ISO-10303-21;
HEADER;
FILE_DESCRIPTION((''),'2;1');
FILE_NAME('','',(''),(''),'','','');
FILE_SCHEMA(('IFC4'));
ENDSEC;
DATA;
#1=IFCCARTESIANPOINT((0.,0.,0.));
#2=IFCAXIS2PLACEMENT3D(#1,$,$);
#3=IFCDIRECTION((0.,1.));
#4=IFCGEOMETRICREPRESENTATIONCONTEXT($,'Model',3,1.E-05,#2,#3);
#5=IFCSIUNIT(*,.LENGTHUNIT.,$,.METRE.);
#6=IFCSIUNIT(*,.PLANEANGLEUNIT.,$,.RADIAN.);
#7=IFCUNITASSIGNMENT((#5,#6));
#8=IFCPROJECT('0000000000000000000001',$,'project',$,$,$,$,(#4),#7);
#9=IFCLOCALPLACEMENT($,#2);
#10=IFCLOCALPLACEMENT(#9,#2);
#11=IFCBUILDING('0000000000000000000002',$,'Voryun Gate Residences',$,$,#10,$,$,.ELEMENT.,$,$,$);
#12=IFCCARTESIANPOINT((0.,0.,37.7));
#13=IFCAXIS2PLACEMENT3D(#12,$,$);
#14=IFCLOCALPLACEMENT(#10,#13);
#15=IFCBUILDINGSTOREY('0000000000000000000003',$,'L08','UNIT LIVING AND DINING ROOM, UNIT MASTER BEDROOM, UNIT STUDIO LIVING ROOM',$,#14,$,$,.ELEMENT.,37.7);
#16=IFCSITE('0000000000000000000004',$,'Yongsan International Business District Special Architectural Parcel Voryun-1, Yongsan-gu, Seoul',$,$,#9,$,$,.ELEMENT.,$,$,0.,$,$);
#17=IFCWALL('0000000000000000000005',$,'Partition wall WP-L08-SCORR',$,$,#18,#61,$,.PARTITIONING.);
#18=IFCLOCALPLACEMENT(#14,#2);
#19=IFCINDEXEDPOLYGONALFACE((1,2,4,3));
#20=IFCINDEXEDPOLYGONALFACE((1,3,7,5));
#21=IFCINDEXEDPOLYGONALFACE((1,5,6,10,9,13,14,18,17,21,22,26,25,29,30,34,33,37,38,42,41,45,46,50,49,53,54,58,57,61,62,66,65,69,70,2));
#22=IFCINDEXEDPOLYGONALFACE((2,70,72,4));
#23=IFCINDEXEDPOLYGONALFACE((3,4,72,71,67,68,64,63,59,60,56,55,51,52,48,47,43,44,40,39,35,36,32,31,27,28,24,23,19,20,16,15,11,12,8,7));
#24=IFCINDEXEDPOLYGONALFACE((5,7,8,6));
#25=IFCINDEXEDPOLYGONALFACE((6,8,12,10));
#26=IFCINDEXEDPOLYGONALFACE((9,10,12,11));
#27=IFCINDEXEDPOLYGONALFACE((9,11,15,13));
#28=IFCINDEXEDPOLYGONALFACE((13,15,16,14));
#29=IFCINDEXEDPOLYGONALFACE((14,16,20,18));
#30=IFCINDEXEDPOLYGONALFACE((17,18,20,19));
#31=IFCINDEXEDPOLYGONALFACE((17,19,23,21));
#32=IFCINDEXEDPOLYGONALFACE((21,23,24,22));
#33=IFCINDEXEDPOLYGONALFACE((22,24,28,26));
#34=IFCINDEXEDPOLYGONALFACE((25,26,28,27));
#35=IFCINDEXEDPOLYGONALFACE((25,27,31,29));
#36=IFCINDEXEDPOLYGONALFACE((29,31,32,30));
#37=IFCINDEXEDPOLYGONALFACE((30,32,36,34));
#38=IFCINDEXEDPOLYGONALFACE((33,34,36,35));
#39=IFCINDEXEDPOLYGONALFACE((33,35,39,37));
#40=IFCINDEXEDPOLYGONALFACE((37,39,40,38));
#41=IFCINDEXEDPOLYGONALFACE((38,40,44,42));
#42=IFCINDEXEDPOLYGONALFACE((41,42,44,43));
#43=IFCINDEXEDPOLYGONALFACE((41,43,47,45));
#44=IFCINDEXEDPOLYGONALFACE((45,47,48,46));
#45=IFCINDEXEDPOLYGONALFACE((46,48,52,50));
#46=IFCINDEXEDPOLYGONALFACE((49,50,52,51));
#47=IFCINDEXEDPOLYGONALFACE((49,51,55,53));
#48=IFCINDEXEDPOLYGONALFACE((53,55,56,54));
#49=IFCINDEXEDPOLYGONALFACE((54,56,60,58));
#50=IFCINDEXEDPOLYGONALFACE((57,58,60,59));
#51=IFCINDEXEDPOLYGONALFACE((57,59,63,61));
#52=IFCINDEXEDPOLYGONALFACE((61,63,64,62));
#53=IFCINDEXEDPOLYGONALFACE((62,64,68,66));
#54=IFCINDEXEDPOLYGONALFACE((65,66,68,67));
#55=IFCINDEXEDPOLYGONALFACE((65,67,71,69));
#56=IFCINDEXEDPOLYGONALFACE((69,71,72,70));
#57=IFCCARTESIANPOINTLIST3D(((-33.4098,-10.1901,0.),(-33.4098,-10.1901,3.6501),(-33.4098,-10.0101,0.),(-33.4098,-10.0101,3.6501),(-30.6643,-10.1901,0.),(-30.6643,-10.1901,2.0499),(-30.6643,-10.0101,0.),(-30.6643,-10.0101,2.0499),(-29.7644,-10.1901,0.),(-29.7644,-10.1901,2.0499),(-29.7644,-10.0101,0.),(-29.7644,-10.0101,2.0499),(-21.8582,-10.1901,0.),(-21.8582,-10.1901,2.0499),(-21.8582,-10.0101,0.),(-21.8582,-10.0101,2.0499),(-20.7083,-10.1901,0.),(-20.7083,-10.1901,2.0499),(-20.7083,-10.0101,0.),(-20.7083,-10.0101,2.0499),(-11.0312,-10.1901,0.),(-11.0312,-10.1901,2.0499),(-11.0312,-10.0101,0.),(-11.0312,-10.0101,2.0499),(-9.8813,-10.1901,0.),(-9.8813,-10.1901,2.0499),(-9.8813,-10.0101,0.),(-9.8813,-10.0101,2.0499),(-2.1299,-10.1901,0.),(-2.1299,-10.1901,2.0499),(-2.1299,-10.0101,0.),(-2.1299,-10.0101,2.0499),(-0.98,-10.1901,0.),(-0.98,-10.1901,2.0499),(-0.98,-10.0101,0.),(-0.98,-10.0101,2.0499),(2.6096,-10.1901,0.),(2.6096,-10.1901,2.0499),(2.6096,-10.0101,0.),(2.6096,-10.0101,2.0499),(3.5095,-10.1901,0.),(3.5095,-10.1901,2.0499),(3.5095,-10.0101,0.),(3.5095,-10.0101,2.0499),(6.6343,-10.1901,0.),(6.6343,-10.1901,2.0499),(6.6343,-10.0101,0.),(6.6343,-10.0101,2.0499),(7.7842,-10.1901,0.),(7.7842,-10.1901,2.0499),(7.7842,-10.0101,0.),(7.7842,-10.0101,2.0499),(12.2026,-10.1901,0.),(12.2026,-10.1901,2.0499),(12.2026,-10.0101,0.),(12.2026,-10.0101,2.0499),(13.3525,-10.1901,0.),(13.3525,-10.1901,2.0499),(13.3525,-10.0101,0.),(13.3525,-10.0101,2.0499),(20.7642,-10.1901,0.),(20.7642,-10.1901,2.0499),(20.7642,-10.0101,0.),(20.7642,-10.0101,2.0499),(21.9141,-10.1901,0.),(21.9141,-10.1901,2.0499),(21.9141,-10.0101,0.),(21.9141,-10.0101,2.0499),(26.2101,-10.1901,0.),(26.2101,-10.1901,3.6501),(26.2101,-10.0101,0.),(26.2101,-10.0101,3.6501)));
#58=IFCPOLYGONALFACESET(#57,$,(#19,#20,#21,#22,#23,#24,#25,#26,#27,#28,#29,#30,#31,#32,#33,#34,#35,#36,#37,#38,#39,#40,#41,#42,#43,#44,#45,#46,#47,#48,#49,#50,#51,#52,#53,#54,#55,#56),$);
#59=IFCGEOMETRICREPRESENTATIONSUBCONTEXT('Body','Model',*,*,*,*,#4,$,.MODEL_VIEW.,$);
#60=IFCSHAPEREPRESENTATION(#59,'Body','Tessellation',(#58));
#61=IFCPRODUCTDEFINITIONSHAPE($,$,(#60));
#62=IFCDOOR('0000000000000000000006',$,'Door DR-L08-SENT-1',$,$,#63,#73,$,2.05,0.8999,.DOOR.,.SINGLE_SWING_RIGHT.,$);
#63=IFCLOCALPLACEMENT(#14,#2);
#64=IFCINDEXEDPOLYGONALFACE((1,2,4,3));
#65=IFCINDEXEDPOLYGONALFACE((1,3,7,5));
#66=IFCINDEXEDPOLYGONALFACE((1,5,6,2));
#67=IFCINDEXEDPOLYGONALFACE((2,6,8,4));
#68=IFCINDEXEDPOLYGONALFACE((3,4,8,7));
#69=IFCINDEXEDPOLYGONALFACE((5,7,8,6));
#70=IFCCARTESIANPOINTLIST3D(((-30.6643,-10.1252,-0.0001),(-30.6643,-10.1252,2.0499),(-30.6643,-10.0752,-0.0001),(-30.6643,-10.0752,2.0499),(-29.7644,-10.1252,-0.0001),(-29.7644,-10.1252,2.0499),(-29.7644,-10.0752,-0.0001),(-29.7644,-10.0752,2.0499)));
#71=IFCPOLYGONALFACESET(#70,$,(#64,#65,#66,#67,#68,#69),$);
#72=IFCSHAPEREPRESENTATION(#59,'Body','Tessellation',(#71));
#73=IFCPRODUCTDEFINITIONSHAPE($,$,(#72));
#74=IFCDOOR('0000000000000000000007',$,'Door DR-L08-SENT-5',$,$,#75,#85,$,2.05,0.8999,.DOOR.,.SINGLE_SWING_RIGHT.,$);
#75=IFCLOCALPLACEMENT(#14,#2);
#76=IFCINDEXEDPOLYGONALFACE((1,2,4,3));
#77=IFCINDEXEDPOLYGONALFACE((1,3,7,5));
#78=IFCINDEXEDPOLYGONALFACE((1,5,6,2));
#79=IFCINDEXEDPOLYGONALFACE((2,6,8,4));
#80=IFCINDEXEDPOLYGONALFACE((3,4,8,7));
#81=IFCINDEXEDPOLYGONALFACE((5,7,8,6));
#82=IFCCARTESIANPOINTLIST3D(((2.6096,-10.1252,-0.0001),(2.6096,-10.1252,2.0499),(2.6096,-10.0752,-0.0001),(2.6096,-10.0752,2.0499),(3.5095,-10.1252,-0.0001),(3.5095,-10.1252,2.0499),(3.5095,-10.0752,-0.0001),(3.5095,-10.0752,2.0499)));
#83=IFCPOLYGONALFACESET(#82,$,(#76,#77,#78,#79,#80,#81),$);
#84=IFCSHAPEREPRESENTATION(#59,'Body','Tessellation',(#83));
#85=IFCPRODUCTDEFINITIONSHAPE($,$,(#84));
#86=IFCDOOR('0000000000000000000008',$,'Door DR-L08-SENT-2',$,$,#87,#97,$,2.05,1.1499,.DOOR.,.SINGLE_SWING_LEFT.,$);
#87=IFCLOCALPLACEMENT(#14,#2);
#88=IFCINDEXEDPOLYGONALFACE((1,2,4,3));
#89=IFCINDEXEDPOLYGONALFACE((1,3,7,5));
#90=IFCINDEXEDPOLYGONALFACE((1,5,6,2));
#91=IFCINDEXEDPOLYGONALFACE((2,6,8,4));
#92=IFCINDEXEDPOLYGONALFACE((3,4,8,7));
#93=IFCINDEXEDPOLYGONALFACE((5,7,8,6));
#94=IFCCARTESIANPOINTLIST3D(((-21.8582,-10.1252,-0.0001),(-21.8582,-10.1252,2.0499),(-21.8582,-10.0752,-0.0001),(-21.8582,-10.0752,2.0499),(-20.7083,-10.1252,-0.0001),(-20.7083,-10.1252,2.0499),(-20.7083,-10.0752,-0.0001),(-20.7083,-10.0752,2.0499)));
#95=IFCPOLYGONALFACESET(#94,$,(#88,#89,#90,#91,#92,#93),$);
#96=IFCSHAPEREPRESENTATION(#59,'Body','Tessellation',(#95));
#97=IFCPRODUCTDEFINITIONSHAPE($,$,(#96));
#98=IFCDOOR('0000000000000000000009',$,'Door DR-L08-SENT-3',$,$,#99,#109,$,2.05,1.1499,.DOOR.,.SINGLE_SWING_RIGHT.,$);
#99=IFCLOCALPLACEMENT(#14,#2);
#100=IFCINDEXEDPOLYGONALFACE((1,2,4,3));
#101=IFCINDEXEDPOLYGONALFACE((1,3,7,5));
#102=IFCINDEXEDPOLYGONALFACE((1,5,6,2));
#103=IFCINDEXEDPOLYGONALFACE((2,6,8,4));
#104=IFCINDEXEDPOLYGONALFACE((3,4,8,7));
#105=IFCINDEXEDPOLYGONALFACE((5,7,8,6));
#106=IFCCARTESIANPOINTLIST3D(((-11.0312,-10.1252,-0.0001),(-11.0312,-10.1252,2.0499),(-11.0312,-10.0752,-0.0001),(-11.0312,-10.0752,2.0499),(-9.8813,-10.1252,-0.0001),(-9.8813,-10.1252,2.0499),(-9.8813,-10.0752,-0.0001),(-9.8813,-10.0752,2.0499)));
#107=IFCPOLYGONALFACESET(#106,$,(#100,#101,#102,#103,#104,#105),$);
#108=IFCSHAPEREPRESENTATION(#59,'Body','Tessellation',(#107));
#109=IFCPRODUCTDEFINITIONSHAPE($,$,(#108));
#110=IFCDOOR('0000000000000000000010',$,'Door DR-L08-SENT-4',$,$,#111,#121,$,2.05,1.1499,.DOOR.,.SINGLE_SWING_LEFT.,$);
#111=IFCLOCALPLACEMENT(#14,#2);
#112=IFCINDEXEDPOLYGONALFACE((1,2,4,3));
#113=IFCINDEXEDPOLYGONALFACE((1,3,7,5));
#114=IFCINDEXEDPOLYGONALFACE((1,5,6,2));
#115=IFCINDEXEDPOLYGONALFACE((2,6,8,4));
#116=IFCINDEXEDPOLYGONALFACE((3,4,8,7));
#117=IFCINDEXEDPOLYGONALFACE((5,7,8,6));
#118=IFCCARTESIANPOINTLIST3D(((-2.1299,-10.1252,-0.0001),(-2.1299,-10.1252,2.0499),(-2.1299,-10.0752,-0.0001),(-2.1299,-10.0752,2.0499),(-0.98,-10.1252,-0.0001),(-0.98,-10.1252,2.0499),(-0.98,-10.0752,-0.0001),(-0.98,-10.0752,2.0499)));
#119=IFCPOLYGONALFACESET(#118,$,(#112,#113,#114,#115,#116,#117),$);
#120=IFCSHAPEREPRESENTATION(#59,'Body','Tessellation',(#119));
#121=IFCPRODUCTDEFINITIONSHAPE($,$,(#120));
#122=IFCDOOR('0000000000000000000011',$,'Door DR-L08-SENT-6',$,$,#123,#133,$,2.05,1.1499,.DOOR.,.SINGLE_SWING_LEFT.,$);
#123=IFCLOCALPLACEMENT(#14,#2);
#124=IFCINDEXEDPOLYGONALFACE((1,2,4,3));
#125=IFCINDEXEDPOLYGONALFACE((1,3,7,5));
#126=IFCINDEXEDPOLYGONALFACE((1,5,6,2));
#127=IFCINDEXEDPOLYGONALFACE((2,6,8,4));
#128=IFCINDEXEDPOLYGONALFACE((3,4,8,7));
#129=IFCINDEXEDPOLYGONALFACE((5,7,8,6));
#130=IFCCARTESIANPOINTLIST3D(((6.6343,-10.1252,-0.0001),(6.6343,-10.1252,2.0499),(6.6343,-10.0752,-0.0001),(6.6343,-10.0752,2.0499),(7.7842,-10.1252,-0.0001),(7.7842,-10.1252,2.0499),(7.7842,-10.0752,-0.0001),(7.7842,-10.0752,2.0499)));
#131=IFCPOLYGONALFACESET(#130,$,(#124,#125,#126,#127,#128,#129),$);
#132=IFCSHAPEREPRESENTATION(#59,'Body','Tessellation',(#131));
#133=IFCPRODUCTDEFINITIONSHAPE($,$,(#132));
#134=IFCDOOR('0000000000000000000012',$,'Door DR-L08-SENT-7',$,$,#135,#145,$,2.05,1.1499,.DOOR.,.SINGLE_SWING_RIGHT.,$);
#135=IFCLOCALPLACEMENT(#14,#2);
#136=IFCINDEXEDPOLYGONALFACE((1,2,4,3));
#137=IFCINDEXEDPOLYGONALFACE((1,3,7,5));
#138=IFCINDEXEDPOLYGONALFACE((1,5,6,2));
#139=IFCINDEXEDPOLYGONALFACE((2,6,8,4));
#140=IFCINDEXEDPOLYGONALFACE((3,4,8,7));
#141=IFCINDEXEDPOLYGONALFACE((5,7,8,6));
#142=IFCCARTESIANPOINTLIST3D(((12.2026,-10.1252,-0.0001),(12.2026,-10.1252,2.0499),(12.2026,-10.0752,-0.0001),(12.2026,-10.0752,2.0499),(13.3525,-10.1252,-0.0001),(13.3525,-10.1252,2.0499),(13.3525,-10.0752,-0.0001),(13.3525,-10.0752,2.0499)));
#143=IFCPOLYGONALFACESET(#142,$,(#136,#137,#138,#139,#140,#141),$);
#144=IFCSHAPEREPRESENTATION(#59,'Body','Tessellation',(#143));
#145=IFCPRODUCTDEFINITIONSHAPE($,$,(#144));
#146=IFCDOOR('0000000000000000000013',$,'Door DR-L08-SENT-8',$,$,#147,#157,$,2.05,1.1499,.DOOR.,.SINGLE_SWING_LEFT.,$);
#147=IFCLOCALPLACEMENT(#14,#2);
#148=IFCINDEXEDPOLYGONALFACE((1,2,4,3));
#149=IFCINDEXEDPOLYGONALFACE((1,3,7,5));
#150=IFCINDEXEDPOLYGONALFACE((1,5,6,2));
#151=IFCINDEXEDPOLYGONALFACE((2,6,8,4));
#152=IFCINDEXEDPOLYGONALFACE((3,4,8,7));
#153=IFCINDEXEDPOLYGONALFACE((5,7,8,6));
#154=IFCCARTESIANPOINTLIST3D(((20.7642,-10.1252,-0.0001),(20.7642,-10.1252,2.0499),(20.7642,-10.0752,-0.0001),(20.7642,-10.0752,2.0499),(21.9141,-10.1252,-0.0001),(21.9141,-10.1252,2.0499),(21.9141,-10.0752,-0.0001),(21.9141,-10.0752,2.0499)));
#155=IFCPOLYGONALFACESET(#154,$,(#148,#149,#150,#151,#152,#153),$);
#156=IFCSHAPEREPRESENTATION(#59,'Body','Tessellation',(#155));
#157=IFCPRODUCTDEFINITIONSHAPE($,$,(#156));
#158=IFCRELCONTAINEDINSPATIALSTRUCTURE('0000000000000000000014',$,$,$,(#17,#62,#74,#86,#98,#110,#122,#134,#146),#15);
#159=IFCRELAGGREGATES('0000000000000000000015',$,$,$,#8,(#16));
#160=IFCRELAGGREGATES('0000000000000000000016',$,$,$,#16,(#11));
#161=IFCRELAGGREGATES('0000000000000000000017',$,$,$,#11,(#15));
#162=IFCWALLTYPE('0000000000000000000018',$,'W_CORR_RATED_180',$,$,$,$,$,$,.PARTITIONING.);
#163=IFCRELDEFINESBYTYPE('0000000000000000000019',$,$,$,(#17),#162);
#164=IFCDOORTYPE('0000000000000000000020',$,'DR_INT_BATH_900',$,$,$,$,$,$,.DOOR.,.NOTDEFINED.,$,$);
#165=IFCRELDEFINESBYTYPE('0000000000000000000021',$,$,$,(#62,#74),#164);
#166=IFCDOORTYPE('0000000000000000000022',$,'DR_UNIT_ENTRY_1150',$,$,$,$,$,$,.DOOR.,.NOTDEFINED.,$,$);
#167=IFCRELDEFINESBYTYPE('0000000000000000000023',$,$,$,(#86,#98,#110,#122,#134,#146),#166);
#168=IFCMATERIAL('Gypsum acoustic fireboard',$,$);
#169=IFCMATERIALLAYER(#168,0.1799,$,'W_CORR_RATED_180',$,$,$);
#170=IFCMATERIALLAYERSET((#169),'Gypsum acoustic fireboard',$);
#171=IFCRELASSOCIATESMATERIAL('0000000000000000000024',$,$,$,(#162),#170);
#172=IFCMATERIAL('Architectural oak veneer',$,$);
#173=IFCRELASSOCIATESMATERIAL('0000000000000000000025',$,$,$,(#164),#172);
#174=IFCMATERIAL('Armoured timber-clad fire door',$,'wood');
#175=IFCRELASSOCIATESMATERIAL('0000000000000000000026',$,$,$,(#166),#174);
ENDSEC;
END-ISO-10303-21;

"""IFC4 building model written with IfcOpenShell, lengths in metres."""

from ifc_helpers import new_model, si_unit, direction, frame, frame_2d, origin, place, context, subcontext, project, spatial, rectangle, extrude, material, layer, layer_set, type_object, element, fill, save


model = new_model("IFC4")

# Units and contexts
model_context = context("Model", 3, precision=1e-05, world=origin(), true_north=direction((0.0, 1.0)))
body_context = subcontext(model_context, "Body", "Model", "MODEL_VIEW")
ifc_project = project(units=[si_unit("LENGTHUNIT", "METRE"), si_unit("PLANEANGLEUNIT", "RADIAN")], contexts=[model_context])

# Site, building, storey
site_placement = place(None, origin())
site = spatial("IfcSite", under=ifc_project, at=site_placement, Name="Yongsan International Business District Special Architectural Parcel Voryun-1, Yongsan-gu, Seoul", CompositionType="ELEMENT", RefElevation=0.0)
building_placement = place(site_placement, origin())
building = spatial("IfcBuilding", under=site, at=building_placement, Name="Voryun Gate Residences", CompositionType="ELEMENT")
storey_placement = place(building_placement, frame((0.0, 0.0, 37.7)))
storey = spatial("IfcBuildingStorey", under=building, at=storey_placement, Name="L08", Description="UNIT LIVING AND DINING ROOM, UNIT MASTER BEDROOM, UNIT STUDIO LIVING ROOM", CompositionType="ELEMENT", Elevation=37.7)

# Shared definitions
ifc_material_1 = material(Name="Gypsum acoustic fireboard")
ifc_layer_1 = layer(ifc_material_1, 0.1799, Name="W_CORR_RATED_180")
ifc_layer_set_1 = layer_set([ifc_layer_1], Name="Gypsum acoustic fireboard")
wall_type_1 = type_object("IfcWallType", Name="W_CORR_RATED_180", PredefinedType="PARTITIONING", material=ifc_layer_set_1)

# Wall, openings, doors
wall_1_placement = place(storey_placement, frame((-33.4099, -10.1001, 0.0), z_axis=(0.0, 0.0, 1.0), x_axis=(1.0, 0.0, 0.0)))
wall_1 = element("IfcWall", 1, at=wall_1_placement, inside=storey, type_object=wall_type_1, Name="Partition wall WP-L08-SCORR", PredefinedType="PARTITIONING", context=body_context, shape_type="SweptSolid", body=[
    extrude(rectangle(XDim=59.6199, YDim=0.1799, at=frame_2d((29.8101, 0.0))), origin(), (0.0, 0.0, 1.0), 3.6501),
])
opening_1_placement = place(wall_1_placement, frame((2.7456, 0.0, 0.0)))
opening_1 = element("IfcOpeningElement", 2, at=opening_1_placement, cuts=wall_1, PredefinedType="OPENING", context=body_context, shape_type="SweptSolid", body=[
    extrude(rectangle(XDim=0.8999, YDim=2.05, at=frame_2d((0.45, 1.0249))), frame((0.0, 0.0999, 0.0), z_axis=(0.0, -1.0, 0.0), x_axis=(1.0, 0.0, 0.0)), (0.0, 0.0, 1.0), 0.2),
])
opening_2_placement = place(wall_1_placement, frame((11.5518, 0.0, 0.0)))
opening_2 = element("IfcOpeningElement", 3, at=opening_2_placement, cuts=wall_1, PredefinedType="OPENING", context=body_context, shape_type="SweptSolid", body=[
    extrude(rectangle(XDim=1.1499, YDim=2.05, at=frame_2d((0.575, 1.0249))), frame((0.0, 0.0999, 0.0), z_axis=(0.0, -1.0, 0.0), x_axis=(1.0, 0.0, 0.0)), (0.0, 0.0, 1.0), 0.2),
])
opening_3_placement = place(wall_1_placement, frame((22.3787, 0.0, 0.0)))
opening_3 = element("IfcOpeningElement", 4, at=opening_3_placement, cuts=wall_1, PredefinedType="OPENING", context=body_context, shape_type="SweptSolid", body=[
    extrude(rectangle(XDim=1.1499, YDim=2.05, at=frame_2d((0.575, 1.0249))), frame((0.0, 0.0999, 0.0), z_axis=(0.0, -1.0, 0.0), x_axis=(1.0, 0.0, 0.0)), (0.0, 0.0, 1.0), 0.2),
])
opening_4_placement = place(wall_1_placement, frame((31.28, 0.0, 0.0)))
opening_4 = element("IfcOpeningElement", 5, at=opening_4_placement, cuts=wall_1, PredefinedType="OPENING", context=body_context, shape_type="SweptSolid", body=[
    extrude(rectangle(XDim=1.1499, YDim=2.05, at=frame_2d((0.575, 1.0249))), frame((0.0, 0.0999, 0.0), z_axis=(0.0, -1.0, 0.0), x_axis=(1.0, 0.0, 0.0)), (0.0, 0.0, 1.0), 0.2),
])
opening_5_placement = place(wall_1_placement, frame((36.0195, 0.0, 0.0)))
opening_5 = element("IfcOpeningElement", 6, at=opening_5_placement, cuts=wall_1, PredefinedType="OPENING", context=body_context, shape_type="SweptSolid", body=[
    extrude(rectangle(XDim=0.8999, YDim=2.05, at=frame_2d((0.45, 1.0249))), frame((0.0, 0.0999, 0.0), z_axis=(0.0, -1.0, 0.0), x_axis=(1.0, 0.0, 0.0)), (0.0, 0.0, 1.0), 0.2),
])
opening_6_placement = place(wall_1_placement, frame((40.0442, 0.0, 0.0)))
opening_6 = element("IfcOpeningElement", 7, at=opening_6_placement, cuts=wall_1, PredefinedType="OPENING", context=body_context, shape_type="SweptSolid", body=[
    extrude(rectangle(XDim=1.1499, YDim=2.05, at=frame_2d((0.575, 1.0249))), frame((0.0, 0.0999, 0.0), z_axis=(0.0, -1.0, 0.0), x_axis=(1.0, 0.0, 0.0)), (0.0, 0.0, 1.0), 0.2),
])
opening_7_placement = place(wall_1_placement, frame((45.6125, 0.0, 0.0)))
opening_7 = element("IfcOpeningElement", 8, at=opening_7_placement, cuts=wall_1, PredefinedType="OPENING", context=body_context, shape_type="SweptSolid", body=[
    extrude(rectangle(XDim=1.1499, YDim=2.05, at=frame_2d((0.575, 1.0249))), frame((0.0, 0.0999, 0.0), z_axis=(0.0, -1.0, 0.0), x_axis=(1.0, 0.0, 0.0)), (0.0, 0.0, 1.0), 0.2),
])
opening_8_placement = place(wall_1_placement, frame((54.1741, 0.0, 0.0)))
opening_8 = element("IfcOpeningElement", 9, at=opening_8_placement, cuts=wall_1, PredefinedType="OPENING", context=body_context, shape_type="SweptSolid", body=[
    extrude(rectangle(XDim=1.1499, YDim=2.05, at=frame_2d((0.575, 1.0249))), frame((0.0, 0.0999, 0.0), z_axis=(0.0, -1.0, 0.0), x_axis=(1.0, 0.0, 0.0)), (0.0, 0.0, 1.0), 0.2),
])
ifc_material_2 = material(Name="Architectural oak veneer")
door_type_1 = type_object("IfcDoorType", Name="DR_INT_BATH_900", OperationType="NOTDEFINED", PredefinedType="DOOR", material=ifc_material_2)
door_1_placement = place(opening_1_placement, origin())
door_1 = element("IfcDoor", 10, at=door_1_placement, inside=storey, type_object=door_type_1, Name="Door DR-L08-SENT-1", OperationType="SINGLE_SWING_RIGHT", OverallHeight=2.05, OverallWidth=0.8999, PredefinedType="DOOR", context=body_context, shape_type="SweptSolid", body=[
    extrude(rectangle(XDim=0.8999, YDim=2.05, at=frame_2d((0.45, 1.0249))), frame((0.0, 0.0249, 0.0), z_axis=(0.0, -1.0, 0.0), x_axis=(1.0, 0.0, 0.0)), (0.0, 0.0, 1.0), 0.05),
])
fill(opening_1, door_1)
door_2_placement = place(opening_5_placement, origin())
door_2 = element("IfcDoor", 11, at=door_2_placement, inside=storey, type_object=door_type_1, Name="Door DR-L08-SENT-5", OperationType="SINGLE_SWING_RIGHT", OverallHeight=2.05, OverallWidth=0.8999, PredefinedType="DOOR", context=body_context, shape_type="SweptSolid", body=[
    extrude(rectangle(XDim=0.8999, YDim=2.05, at=frame_2d((0.45, 1.0249))), frame((0.0, 0.0249, 0.0), z_axis=(0.0, -1.0, 0.0), x_axis=(1.0, 0.0, 0.0)), (0.0, 0.0, 1.0), 0.05),
])
fill(opening_5, door_2)
ifc_material_3 = material(Name="Armoured timber-clad fire door", Category="wood")
door_type_2 = type_object("IfcDoorType", Name="DR_UNIT_ENTRY_1150", OperationType="NOTDEFINED", PredefinedType="DOOR", material=ifc_material_3)
door_3_placement = place(opening_2_placement, origin())
door_3 = element("IfcDoor", 12, at=door_3_placement, inside=storey, type_object=door_type_2, Name="Door DR-L08-SENT-2", OperationType="SINGLE_SWING_LEFT", OverallHeight=2.05, OverallWidth=1.1499, PredefinedType="DOOR", context=body_context, shape_type="SweptSolid", body=[
    extrude(rectangle(XDim=1.1499, YDim=2.05, at=frame_2d((0.575, 1.0249))), frame((0.0, 0.0249, 0.0), z_axis=(0.0, -1.0, 0.0), x_axis=(1.0, 0.0, 0.0)), (0.0, 0.0, 1.0), 0.05),
])
fill(opening_2, door_3)
door_4_placement = place(opening_3_placement, origin())
door_4 = element("IfcDoor", 13, at=door_4_placement, inside=storey, type_object=door_type_2, Name="Door DR-L08-SENT-3", OperationType="SINGLE_SWING_RIGHT", OverallHeight=2.05, OverallWidth=1.1499, PredefinedType="DOOR", context=body_context, shape_type="SweptSolid", body=[
    extrude(rectangle(XDim=1.1499, YDim=2.05, at=frame_2d((0.575, 1.0249))), frame((0.0, 0.0249, 0.0), z_axis=(0.0, -1.0, 0.0), x_axis=(1.0, 0.0, 0.0)), (0.0, 0.0, 1.0), 0.05),
])
fill(opening_3, door_4)
door_5_placement = place(opening_4_placement, origin())
door_5 = element("IfcDoor", 14, at=door_5_placement, inside=storey, type_object=door_type_2, Name="Door DR-L08-SENT-4", OperationType="SINGLE_SWING_LEFT", OverallHeight=2.05, OverallWidth=1.1499, PredefinedType="DOOR", context=body_context, shape_type="SweptSolid", body=[
    extrude(rectangle(XDim=1.1499, YDim=2.05, at=frame_2d((0.575, 1.0249))), frame((0.0, 0.0249, 0.0), z_axis=(0.0, -1.0, 0.0), x_axis=(1.0, 0.0, 0.0)), (0.0, 0.0, 1.0), 0.05),
])
fill(opening_4, door_5)
door_6_placement = place(opening_6_placement, origin())
door_6 = element("IfcDoor", 15, at=door_6_placement, inside=storey, type_object=door_type_2, Name="Door DR-L08-SENT-6", OperationType="SINGLE_SWING_LEFT", OverallHeight=2.05, OverallWidth=1.1499, PredefinedType="DOOR", context=body_context, shape_type="SweptSolid", body=[
    extrude(rectangle(XDim=1.1499, YDim=2.05, at=frame_2d((0.575, 1.0249))), frame((0.0, 0.0249, 0.0), z_axis=(0.0, -1.0, 0.0), x_axis=(1.0, 0.0, 0.0)), (0.0, 0.0, 1.0), 0.05),
])
fill(opening_6, door_6)
door_7_placement = place(opening_7_placement, origin())
door_7 = element("IfcDoor", 16, at=door_7_placement, inside=storey, type_object=door_type_2, Name="Door DR-L08-SENT-7", OperationType="SINGLE_SWING_RIGHT", OverallHeight=2.05, OverallWidth=1.1499, PredefinedType="DOOR", context=body_context, shape_type="SweptSolid", body=[
    extrude(rectangle(XDim=1.1499, YDim=2.05, at=frame_2d((0.575, 1.0249))), frame((0.0, 0.0249, 0.0), z_axis=(0.0, -1.0, 0.0), x_axis=(1.0, 0.0, 0.0)), (0.0, 0.0, 1.0), 0.05),
])
fill(opening_7, door_7)
door_8_placement = place(opening_8_placement, origin())
door_8 = element("IfcDoor", 17, at=door_8_placement, inside=storey, type_object=door_type_2, Name="Door DR-L08-SENT-8", OperationType="SINGLE_SWING_LEFT", OverallHeight=2.05, OverallWidth=1.1499, PredefinedType="DOOR", context=body_context, shape_type="SweptSolid", body=[
    extrude(rectangle(XDim=1.1499, YDim=2.05, at=frame_2d((0.575, 1.0249))), frame((0.0, 0.0249, 0.0), z_axis=(0.0, -1.0, 0.0), x_axis=(1.0, 0.0, 0.0)), (0.0, 0.0, 1.0), 0.05),
])
fill(opening_8, door_8)

save(model, "model.ifc")
